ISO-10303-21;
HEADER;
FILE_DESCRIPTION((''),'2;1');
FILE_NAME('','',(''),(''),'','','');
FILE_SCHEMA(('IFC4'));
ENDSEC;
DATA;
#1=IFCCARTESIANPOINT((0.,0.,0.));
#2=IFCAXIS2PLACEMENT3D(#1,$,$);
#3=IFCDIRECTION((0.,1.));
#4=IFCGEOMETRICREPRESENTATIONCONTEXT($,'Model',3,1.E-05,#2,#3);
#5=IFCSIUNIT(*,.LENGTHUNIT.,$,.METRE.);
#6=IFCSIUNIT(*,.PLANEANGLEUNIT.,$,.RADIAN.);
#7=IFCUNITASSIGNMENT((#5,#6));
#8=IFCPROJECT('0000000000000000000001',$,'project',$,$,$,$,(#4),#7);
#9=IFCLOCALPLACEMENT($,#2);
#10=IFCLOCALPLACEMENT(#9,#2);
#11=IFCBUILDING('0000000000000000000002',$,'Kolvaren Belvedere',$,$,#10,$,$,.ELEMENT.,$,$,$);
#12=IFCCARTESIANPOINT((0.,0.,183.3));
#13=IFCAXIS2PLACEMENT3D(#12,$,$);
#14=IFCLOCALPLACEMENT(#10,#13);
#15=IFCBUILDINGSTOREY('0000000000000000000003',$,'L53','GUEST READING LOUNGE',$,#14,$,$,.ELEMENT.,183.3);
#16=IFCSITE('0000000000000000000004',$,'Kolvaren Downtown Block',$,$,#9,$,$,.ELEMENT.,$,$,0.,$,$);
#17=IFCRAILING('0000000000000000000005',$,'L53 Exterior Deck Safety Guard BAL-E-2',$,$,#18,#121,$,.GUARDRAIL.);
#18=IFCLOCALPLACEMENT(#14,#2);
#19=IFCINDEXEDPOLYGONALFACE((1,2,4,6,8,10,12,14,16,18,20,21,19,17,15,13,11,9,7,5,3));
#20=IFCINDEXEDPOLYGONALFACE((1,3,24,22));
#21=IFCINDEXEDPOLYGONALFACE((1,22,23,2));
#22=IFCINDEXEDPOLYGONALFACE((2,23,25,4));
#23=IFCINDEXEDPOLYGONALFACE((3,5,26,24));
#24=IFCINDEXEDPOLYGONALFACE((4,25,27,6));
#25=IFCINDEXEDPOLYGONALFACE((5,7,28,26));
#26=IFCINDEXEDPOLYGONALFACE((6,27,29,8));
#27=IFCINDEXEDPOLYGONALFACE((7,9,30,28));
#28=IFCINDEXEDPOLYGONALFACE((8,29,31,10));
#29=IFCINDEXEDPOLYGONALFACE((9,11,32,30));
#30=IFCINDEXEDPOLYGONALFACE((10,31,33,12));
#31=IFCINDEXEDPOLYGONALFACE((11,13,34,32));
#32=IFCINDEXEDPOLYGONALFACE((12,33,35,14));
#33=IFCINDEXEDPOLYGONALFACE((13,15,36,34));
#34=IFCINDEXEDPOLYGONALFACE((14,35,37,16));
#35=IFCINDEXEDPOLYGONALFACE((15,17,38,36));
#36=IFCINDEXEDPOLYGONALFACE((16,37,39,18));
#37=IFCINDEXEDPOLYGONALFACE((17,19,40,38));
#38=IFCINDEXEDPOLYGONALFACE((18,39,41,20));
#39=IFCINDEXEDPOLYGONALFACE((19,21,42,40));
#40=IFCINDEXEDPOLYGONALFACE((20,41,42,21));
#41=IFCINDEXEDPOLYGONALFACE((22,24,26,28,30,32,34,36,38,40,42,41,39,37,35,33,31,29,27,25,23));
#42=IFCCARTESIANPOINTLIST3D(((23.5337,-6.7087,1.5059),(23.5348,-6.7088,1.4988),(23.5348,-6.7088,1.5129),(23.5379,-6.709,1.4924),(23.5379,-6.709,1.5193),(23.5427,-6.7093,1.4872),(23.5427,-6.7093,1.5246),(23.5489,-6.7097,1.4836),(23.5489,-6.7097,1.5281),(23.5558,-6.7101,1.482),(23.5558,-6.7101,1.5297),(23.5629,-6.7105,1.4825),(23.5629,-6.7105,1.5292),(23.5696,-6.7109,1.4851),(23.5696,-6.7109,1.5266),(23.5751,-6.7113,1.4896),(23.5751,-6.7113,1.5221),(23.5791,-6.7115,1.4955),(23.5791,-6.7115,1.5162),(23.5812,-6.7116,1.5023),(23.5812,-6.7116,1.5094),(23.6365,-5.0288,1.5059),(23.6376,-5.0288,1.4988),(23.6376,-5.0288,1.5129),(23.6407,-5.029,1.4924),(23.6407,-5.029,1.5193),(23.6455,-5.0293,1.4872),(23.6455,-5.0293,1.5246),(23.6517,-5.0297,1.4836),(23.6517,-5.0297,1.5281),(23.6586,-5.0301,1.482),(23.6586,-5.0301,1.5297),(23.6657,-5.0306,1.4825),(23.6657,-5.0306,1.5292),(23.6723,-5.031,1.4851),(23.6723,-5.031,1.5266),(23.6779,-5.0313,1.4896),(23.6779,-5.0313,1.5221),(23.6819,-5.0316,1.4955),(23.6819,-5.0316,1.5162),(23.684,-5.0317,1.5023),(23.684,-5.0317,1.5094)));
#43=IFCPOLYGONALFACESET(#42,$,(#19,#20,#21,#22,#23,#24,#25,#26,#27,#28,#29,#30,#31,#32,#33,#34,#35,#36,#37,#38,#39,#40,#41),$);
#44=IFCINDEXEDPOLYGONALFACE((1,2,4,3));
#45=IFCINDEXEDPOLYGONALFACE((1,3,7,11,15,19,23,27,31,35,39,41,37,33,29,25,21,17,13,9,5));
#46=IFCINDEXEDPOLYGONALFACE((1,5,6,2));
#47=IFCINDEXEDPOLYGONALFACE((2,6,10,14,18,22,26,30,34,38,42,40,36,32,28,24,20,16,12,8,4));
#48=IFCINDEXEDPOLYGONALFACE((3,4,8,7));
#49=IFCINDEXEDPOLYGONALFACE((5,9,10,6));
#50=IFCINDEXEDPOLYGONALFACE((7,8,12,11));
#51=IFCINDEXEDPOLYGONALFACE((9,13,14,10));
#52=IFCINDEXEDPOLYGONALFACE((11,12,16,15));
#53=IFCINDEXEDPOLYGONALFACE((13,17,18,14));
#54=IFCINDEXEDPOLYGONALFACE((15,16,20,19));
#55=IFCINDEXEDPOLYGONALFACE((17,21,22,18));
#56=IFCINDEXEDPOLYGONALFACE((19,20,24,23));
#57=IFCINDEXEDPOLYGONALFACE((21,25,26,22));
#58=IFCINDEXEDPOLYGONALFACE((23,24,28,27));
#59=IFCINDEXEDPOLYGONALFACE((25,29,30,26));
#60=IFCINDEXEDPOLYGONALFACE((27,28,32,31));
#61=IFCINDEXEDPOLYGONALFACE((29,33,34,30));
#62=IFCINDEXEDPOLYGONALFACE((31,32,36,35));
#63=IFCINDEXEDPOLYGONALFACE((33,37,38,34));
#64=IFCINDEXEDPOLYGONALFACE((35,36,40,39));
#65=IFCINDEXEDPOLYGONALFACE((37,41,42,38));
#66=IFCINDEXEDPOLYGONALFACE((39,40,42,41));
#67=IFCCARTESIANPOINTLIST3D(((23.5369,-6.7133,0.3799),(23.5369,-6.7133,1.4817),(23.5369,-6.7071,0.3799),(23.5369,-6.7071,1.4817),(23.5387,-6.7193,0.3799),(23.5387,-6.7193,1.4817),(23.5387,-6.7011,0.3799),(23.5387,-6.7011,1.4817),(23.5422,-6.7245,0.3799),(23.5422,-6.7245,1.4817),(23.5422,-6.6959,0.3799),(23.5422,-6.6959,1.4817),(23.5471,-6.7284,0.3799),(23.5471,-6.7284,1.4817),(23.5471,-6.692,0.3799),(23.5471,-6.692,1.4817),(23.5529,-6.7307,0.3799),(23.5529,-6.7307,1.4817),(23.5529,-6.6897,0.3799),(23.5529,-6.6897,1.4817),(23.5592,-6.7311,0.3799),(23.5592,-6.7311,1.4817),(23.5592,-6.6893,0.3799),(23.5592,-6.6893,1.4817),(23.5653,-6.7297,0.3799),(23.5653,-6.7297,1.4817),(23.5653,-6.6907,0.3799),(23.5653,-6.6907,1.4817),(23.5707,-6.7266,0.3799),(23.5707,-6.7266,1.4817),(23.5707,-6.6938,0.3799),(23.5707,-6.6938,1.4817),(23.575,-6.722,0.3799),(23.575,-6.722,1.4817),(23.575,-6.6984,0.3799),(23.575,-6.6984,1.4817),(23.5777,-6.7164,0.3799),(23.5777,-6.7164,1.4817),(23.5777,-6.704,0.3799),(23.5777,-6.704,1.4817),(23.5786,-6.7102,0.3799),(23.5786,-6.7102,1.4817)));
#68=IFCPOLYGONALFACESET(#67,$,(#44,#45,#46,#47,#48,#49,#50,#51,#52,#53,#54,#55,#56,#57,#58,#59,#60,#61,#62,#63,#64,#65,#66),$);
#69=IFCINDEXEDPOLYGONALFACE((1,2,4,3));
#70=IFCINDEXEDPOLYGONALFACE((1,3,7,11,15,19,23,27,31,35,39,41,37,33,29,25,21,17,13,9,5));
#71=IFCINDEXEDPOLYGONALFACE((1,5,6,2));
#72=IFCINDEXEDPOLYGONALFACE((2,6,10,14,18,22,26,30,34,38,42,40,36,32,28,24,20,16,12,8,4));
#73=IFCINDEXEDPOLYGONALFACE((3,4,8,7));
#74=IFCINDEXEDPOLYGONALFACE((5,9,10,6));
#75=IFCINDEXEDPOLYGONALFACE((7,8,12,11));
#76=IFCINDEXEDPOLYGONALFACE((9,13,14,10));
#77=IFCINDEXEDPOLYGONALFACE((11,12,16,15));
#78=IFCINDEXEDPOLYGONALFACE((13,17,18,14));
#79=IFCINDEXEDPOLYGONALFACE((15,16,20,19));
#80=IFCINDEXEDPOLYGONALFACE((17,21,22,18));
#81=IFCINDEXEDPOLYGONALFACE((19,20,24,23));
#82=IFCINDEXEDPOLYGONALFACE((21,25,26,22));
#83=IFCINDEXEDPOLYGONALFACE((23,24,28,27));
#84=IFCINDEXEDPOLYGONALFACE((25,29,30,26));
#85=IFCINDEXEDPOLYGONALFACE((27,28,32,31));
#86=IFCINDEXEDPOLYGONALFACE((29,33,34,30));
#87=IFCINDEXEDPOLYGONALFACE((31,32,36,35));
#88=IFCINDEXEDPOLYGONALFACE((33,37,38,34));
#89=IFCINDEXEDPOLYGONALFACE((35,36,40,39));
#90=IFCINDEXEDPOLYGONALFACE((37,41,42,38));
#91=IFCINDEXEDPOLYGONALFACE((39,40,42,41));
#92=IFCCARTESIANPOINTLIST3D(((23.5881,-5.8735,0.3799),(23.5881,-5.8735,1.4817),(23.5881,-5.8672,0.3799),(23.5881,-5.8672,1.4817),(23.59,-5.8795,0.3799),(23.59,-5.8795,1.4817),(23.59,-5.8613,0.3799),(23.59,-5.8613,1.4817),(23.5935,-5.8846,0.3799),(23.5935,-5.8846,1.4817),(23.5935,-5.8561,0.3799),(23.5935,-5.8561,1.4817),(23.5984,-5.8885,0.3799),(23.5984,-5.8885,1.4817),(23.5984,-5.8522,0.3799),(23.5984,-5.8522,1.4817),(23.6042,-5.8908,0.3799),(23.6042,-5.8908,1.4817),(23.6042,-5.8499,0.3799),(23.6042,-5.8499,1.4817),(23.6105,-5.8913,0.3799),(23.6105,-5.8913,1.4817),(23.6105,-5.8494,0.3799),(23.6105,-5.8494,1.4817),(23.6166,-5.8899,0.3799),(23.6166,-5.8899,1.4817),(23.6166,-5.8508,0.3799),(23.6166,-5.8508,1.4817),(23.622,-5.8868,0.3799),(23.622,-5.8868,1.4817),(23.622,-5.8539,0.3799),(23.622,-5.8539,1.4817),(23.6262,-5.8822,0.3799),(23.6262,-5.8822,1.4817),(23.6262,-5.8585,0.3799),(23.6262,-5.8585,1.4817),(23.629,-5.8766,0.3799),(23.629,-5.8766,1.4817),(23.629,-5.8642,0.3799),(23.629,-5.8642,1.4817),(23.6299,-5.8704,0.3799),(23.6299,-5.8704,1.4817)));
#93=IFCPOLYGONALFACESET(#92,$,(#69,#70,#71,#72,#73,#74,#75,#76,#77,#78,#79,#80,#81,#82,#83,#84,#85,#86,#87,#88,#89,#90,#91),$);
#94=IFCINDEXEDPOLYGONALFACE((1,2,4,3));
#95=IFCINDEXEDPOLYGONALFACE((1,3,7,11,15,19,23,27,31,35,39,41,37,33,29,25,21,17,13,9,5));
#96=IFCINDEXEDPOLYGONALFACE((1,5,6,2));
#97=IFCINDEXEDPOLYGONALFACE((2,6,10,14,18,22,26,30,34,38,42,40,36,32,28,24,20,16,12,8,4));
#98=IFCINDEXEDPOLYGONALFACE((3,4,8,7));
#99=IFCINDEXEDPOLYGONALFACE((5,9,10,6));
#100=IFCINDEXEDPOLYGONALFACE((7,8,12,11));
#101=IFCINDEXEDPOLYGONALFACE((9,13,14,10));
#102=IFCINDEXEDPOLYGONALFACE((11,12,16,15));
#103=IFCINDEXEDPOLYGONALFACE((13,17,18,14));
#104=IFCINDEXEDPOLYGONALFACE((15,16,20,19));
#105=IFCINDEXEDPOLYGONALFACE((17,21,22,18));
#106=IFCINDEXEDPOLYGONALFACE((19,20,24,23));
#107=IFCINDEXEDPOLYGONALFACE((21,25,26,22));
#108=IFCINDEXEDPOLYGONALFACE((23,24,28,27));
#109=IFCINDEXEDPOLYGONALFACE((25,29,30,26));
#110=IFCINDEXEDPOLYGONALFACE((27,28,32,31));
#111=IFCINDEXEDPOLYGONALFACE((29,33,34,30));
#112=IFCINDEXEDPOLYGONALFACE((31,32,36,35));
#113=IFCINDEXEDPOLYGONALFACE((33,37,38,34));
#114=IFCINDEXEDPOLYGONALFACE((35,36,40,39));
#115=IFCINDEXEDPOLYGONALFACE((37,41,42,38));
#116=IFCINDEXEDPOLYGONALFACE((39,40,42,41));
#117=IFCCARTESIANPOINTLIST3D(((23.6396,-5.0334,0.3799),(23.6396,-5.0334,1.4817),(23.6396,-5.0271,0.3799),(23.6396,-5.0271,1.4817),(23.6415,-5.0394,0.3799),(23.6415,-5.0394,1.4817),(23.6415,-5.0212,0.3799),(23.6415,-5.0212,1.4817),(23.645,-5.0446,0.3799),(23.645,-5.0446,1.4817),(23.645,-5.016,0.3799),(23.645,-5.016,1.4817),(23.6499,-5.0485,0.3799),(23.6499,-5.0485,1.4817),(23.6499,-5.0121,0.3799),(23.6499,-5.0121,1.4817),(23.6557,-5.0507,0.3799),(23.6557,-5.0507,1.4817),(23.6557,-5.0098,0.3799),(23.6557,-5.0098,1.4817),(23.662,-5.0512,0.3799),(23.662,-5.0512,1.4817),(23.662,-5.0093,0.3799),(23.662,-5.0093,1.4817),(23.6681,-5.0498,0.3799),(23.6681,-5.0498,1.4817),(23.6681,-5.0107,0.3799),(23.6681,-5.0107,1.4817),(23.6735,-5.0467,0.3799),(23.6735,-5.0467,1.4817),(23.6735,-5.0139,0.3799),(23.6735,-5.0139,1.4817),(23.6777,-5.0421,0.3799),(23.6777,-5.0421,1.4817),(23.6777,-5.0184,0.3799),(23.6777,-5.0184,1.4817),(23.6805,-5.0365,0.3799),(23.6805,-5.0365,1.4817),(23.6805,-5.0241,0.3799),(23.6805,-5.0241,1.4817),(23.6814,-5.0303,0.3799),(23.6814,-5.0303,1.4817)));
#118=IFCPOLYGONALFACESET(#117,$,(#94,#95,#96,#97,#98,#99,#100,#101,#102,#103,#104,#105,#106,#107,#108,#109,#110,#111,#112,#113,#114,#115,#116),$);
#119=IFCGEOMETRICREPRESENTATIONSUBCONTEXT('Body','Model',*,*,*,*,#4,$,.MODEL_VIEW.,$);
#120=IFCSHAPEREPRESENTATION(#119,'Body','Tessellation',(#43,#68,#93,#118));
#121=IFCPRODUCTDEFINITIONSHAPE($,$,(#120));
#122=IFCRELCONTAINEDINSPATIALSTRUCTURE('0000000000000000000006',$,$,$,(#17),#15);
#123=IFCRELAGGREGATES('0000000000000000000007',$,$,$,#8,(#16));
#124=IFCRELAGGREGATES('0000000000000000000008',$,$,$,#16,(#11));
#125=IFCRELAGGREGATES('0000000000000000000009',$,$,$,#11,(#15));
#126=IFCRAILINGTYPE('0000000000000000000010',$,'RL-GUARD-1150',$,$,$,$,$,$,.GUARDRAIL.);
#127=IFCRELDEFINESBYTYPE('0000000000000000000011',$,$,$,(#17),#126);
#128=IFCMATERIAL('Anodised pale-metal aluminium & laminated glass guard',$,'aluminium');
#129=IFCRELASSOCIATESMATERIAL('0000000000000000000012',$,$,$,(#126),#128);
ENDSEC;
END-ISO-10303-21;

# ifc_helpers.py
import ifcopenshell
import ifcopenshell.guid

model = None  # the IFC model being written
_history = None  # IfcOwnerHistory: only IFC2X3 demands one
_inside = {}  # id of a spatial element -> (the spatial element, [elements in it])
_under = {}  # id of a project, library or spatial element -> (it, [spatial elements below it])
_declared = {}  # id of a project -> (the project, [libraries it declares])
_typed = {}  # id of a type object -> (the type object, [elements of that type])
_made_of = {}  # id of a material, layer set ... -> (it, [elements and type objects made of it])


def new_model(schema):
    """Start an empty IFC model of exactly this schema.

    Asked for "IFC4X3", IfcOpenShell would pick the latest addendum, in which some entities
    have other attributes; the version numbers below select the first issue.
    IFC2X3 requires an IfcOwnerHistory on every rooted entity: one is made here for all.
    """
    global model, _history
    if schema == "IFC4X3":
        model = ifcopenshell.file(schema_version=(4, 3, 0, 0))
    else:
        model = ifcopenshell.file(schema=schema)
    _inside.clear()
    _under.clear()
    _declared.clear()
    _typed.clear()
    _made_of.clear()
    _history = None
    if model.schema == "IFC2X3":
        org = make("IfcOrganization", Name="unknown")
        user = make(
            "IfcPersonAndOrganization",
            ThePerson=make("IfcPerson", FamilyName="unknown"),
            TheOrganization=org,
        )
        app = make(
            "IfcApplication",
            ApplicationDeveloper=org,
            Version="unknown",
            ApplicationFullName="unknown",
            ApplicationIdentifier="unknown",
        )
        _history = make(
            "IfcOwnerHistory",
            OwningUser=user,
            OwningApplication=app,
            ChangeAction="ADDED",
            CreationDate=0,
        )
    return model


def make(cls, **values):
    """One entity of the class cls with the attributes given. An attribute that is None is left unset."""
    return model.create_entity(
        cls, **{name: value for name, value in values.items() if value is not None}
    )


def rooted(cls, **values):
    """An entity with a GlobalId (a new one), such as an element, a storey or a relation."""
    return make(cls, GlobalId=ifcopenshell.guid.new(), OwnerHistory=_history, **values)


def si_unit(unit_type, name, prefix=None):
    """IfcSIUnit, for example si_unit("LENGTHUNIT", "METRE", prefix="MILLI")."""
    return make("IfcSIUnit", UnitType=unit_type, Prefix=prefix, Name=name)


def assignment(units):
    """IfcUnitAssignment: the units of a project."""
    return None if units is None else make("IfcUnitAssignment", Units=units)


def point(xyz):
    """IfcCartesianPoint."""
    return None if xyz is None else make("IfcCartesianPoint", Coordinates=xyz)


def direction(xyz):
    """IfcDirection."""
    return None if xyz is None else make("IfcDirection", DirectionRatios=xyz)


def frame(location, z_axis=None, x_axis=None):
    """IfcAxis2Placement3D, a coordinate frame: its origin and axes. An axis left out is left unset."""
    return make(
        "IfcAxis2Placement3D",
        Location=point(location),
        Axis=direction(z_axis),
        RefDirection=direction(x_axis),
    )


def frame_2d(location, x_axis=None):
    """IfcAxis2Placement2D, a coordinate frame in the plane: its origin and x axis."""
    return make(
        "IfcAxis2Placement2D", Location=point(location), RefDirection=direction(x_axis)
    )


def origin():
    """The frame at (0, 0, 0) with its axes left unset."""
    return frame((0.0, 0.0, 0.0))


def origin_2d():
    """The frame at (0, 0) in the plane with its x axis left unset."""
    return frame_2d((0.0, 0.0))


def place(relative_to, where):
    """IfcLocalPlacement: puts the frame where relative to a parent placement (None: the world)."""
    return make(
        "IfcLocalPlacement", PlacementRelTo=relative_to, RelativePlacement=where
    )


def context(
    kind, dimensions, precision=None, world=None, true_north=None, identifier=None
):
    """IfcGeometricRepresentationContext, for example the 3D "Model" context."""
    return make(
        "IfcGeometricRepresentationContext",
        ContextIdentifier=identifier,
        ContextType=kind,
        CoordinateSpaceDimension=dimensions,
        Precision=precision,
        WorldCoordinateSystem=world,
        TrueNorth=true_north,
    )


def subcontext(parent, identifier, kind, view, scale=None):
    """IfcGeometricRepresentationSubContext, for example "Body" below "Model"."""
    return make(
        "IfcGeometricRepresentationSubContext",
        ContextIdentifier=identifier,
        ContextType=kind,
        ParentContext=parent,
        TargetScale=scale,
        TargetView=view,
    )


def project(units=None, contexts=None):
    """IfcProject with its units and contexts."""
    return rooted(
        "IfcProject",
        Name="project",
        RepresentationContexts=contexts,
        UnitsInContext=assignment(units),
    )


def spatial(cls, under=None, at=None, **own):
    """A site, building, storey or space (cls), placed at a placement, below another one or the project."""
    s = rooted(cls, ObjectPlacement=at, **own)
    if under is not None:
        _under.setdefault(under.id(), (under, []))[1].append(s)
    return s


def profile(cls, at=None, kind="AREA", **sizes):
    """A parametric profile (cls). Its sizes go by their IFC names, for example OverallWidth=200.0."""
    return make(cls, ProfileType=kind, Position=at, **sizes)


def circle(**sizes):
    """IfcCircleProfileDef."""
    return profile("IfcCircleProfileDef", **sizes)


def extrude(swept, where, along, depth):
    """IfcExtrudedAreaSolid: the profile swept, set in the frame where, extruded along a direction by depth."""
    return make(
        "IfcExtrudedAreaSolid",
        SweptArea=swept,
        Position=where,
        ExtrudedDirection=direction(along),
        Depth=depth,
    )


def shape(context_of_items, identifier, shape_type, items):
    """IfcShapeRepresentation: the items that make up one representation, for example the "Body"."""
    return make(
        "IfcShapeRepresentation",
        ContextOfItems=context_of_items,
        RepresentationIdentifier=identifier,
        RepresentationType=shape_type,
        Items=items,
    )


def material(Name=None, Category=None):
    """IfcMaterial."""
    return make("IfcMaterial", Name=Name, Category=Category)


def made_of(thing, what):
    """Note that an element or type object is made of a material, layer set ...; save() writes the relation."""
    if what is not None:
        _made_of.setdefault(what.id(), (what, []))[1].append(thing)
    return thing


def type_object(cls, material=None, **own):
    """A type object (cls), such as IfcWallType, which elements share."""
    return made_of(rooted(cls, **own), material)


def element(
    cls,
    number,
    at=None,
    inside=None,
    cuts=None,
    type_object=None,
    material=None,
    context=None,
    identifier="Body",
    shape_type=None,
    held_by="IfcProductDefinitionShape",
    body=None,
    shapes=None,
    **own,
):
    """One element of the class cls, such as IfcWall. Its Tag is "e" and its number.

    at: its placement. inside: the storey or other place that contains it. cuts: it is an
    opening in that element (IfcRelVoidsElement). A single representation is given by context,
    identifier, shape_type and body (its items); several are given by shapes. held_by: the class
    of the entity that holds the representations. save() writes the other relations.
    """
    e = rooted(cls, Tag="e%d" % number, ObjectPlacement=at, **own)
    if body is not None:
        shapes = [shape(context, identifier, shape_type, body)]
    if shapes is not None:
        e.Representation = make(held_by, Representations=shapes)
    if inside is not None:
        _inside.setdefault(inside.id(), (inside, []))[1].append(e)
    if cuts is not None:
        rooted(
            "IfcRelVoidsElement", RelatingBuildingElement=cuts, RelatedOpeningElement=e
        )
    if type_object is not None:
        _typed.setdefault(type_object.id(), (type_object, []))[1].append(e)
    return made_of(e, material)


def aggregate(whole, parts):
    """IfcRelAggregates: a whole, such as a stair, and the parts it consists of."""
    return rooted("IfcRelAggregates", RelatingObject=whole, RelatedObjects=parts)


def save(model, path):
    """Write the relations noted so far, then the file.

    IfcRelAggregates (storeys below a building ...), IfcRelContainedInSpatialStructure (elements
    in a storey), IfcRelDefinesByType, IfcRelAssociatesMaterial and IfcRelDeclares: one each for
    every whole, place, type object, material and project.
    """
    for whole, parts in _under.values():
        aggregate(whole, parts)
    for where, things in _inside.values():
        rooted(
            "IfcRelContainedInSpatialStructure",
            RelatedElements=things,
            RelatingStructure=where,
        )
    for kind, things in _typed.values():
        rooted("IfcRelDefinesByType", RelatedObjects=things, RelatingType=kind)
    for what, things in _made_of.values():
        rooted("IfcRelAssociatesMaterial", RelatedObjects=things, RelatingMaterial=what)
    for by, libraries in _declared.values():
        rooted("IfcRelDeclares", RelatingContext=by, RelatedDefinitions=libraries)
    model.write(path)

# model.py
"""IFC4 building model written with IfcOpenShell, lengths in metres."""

from ifc_helpers import new_model, si_unit, direction, frame, origin, origin_2d, place, context, subcontext, project, spatial, circle, extrude, material, type_object, element, save


model = new_model("IFC4")

# Units and contexts
model_context = context("Model", 3, precision=1e-05, world=origin(), true_north=direction((0.0, 1.0)))
body_context = subcontext(model_context, "Body", "Model", "MODEL_VIEW")
ifc_project = project(units=[si_unit("LENGTHUNIT", "METRE"), si_unit("PLANEANGLEUNIT", "RADIAN")], contexts=[model_context])

# Site, building, storey
site_placement = place(None, origin())
site = spatial("IfcSite", under=ifc_project, at=site_placement, Name="Kolvaren Downtown Block", CompositionType="ELEMENT", RefElevation=0.0)
building_placement = place(site_placement, origin())
building = spatial("IfcBuilding", under=site, at=building_placement, Name="Kolvaren Belvedere", CompositionType="ELEMENT")
storey_placement = place(building_placement, frame((0.0, 0.0, 183.3)))
storey = spatial("IfcBuildingStorey", under=building, at=storey_placement, Name="L53", Description="GUEST READING LOUNGE", CompositionType="ELEMENT", Elevation=183.3)

# Railing
ifc_material_1 = material(Name="Anodised pale-metal aluminium & laminated glass guard", Category="aluminium")
railing_type = type_object("IfcRailingType", Name="RL-GUARD-1150", PredefinedType="GUARDRAIL", material=ifc_material_1)
railing_1_placement = place(storey_placement, frame((23.5576, -6.7102, 0.3799)))
element("IfcRailing", 1, at=railing_1_placement, inside=storey, type_object=railing_type, Name="L53 Exterior Deck Safety Guard BAL-E-2", PredefinedType="GUARDRAIL", context=body_context, shape_type="SweptSolid", body=[
    extrude(circle(Radius=0.0239, at=origin_2d()), frame((0.0, 0.0, 1.126), z_axis=(0.061069, 0.998134, 0.0), x_axis=(-0.998134, 0.061069, 0.0)), (0.0, 0.0, 1.0), 1.6831),
    extrude(circle(Radius=0.021, at=origin_2d()), origin(), (0.0, 0.0, 1.0), 1.1018),
    extrude(circle(Radius=0.021, at=origin_2d()), frame((0.0513, 0.8398, 0.0)), (0.0, 0.0, 1.0), 1.1018),
    extrude(circle(Radius=0.021, at=origin_2d()), frame((0.1028, 1.6799, 0.0)), (0.0, 0.0, 1.0), 1.1018),
])

save(model, "model.ifc")
